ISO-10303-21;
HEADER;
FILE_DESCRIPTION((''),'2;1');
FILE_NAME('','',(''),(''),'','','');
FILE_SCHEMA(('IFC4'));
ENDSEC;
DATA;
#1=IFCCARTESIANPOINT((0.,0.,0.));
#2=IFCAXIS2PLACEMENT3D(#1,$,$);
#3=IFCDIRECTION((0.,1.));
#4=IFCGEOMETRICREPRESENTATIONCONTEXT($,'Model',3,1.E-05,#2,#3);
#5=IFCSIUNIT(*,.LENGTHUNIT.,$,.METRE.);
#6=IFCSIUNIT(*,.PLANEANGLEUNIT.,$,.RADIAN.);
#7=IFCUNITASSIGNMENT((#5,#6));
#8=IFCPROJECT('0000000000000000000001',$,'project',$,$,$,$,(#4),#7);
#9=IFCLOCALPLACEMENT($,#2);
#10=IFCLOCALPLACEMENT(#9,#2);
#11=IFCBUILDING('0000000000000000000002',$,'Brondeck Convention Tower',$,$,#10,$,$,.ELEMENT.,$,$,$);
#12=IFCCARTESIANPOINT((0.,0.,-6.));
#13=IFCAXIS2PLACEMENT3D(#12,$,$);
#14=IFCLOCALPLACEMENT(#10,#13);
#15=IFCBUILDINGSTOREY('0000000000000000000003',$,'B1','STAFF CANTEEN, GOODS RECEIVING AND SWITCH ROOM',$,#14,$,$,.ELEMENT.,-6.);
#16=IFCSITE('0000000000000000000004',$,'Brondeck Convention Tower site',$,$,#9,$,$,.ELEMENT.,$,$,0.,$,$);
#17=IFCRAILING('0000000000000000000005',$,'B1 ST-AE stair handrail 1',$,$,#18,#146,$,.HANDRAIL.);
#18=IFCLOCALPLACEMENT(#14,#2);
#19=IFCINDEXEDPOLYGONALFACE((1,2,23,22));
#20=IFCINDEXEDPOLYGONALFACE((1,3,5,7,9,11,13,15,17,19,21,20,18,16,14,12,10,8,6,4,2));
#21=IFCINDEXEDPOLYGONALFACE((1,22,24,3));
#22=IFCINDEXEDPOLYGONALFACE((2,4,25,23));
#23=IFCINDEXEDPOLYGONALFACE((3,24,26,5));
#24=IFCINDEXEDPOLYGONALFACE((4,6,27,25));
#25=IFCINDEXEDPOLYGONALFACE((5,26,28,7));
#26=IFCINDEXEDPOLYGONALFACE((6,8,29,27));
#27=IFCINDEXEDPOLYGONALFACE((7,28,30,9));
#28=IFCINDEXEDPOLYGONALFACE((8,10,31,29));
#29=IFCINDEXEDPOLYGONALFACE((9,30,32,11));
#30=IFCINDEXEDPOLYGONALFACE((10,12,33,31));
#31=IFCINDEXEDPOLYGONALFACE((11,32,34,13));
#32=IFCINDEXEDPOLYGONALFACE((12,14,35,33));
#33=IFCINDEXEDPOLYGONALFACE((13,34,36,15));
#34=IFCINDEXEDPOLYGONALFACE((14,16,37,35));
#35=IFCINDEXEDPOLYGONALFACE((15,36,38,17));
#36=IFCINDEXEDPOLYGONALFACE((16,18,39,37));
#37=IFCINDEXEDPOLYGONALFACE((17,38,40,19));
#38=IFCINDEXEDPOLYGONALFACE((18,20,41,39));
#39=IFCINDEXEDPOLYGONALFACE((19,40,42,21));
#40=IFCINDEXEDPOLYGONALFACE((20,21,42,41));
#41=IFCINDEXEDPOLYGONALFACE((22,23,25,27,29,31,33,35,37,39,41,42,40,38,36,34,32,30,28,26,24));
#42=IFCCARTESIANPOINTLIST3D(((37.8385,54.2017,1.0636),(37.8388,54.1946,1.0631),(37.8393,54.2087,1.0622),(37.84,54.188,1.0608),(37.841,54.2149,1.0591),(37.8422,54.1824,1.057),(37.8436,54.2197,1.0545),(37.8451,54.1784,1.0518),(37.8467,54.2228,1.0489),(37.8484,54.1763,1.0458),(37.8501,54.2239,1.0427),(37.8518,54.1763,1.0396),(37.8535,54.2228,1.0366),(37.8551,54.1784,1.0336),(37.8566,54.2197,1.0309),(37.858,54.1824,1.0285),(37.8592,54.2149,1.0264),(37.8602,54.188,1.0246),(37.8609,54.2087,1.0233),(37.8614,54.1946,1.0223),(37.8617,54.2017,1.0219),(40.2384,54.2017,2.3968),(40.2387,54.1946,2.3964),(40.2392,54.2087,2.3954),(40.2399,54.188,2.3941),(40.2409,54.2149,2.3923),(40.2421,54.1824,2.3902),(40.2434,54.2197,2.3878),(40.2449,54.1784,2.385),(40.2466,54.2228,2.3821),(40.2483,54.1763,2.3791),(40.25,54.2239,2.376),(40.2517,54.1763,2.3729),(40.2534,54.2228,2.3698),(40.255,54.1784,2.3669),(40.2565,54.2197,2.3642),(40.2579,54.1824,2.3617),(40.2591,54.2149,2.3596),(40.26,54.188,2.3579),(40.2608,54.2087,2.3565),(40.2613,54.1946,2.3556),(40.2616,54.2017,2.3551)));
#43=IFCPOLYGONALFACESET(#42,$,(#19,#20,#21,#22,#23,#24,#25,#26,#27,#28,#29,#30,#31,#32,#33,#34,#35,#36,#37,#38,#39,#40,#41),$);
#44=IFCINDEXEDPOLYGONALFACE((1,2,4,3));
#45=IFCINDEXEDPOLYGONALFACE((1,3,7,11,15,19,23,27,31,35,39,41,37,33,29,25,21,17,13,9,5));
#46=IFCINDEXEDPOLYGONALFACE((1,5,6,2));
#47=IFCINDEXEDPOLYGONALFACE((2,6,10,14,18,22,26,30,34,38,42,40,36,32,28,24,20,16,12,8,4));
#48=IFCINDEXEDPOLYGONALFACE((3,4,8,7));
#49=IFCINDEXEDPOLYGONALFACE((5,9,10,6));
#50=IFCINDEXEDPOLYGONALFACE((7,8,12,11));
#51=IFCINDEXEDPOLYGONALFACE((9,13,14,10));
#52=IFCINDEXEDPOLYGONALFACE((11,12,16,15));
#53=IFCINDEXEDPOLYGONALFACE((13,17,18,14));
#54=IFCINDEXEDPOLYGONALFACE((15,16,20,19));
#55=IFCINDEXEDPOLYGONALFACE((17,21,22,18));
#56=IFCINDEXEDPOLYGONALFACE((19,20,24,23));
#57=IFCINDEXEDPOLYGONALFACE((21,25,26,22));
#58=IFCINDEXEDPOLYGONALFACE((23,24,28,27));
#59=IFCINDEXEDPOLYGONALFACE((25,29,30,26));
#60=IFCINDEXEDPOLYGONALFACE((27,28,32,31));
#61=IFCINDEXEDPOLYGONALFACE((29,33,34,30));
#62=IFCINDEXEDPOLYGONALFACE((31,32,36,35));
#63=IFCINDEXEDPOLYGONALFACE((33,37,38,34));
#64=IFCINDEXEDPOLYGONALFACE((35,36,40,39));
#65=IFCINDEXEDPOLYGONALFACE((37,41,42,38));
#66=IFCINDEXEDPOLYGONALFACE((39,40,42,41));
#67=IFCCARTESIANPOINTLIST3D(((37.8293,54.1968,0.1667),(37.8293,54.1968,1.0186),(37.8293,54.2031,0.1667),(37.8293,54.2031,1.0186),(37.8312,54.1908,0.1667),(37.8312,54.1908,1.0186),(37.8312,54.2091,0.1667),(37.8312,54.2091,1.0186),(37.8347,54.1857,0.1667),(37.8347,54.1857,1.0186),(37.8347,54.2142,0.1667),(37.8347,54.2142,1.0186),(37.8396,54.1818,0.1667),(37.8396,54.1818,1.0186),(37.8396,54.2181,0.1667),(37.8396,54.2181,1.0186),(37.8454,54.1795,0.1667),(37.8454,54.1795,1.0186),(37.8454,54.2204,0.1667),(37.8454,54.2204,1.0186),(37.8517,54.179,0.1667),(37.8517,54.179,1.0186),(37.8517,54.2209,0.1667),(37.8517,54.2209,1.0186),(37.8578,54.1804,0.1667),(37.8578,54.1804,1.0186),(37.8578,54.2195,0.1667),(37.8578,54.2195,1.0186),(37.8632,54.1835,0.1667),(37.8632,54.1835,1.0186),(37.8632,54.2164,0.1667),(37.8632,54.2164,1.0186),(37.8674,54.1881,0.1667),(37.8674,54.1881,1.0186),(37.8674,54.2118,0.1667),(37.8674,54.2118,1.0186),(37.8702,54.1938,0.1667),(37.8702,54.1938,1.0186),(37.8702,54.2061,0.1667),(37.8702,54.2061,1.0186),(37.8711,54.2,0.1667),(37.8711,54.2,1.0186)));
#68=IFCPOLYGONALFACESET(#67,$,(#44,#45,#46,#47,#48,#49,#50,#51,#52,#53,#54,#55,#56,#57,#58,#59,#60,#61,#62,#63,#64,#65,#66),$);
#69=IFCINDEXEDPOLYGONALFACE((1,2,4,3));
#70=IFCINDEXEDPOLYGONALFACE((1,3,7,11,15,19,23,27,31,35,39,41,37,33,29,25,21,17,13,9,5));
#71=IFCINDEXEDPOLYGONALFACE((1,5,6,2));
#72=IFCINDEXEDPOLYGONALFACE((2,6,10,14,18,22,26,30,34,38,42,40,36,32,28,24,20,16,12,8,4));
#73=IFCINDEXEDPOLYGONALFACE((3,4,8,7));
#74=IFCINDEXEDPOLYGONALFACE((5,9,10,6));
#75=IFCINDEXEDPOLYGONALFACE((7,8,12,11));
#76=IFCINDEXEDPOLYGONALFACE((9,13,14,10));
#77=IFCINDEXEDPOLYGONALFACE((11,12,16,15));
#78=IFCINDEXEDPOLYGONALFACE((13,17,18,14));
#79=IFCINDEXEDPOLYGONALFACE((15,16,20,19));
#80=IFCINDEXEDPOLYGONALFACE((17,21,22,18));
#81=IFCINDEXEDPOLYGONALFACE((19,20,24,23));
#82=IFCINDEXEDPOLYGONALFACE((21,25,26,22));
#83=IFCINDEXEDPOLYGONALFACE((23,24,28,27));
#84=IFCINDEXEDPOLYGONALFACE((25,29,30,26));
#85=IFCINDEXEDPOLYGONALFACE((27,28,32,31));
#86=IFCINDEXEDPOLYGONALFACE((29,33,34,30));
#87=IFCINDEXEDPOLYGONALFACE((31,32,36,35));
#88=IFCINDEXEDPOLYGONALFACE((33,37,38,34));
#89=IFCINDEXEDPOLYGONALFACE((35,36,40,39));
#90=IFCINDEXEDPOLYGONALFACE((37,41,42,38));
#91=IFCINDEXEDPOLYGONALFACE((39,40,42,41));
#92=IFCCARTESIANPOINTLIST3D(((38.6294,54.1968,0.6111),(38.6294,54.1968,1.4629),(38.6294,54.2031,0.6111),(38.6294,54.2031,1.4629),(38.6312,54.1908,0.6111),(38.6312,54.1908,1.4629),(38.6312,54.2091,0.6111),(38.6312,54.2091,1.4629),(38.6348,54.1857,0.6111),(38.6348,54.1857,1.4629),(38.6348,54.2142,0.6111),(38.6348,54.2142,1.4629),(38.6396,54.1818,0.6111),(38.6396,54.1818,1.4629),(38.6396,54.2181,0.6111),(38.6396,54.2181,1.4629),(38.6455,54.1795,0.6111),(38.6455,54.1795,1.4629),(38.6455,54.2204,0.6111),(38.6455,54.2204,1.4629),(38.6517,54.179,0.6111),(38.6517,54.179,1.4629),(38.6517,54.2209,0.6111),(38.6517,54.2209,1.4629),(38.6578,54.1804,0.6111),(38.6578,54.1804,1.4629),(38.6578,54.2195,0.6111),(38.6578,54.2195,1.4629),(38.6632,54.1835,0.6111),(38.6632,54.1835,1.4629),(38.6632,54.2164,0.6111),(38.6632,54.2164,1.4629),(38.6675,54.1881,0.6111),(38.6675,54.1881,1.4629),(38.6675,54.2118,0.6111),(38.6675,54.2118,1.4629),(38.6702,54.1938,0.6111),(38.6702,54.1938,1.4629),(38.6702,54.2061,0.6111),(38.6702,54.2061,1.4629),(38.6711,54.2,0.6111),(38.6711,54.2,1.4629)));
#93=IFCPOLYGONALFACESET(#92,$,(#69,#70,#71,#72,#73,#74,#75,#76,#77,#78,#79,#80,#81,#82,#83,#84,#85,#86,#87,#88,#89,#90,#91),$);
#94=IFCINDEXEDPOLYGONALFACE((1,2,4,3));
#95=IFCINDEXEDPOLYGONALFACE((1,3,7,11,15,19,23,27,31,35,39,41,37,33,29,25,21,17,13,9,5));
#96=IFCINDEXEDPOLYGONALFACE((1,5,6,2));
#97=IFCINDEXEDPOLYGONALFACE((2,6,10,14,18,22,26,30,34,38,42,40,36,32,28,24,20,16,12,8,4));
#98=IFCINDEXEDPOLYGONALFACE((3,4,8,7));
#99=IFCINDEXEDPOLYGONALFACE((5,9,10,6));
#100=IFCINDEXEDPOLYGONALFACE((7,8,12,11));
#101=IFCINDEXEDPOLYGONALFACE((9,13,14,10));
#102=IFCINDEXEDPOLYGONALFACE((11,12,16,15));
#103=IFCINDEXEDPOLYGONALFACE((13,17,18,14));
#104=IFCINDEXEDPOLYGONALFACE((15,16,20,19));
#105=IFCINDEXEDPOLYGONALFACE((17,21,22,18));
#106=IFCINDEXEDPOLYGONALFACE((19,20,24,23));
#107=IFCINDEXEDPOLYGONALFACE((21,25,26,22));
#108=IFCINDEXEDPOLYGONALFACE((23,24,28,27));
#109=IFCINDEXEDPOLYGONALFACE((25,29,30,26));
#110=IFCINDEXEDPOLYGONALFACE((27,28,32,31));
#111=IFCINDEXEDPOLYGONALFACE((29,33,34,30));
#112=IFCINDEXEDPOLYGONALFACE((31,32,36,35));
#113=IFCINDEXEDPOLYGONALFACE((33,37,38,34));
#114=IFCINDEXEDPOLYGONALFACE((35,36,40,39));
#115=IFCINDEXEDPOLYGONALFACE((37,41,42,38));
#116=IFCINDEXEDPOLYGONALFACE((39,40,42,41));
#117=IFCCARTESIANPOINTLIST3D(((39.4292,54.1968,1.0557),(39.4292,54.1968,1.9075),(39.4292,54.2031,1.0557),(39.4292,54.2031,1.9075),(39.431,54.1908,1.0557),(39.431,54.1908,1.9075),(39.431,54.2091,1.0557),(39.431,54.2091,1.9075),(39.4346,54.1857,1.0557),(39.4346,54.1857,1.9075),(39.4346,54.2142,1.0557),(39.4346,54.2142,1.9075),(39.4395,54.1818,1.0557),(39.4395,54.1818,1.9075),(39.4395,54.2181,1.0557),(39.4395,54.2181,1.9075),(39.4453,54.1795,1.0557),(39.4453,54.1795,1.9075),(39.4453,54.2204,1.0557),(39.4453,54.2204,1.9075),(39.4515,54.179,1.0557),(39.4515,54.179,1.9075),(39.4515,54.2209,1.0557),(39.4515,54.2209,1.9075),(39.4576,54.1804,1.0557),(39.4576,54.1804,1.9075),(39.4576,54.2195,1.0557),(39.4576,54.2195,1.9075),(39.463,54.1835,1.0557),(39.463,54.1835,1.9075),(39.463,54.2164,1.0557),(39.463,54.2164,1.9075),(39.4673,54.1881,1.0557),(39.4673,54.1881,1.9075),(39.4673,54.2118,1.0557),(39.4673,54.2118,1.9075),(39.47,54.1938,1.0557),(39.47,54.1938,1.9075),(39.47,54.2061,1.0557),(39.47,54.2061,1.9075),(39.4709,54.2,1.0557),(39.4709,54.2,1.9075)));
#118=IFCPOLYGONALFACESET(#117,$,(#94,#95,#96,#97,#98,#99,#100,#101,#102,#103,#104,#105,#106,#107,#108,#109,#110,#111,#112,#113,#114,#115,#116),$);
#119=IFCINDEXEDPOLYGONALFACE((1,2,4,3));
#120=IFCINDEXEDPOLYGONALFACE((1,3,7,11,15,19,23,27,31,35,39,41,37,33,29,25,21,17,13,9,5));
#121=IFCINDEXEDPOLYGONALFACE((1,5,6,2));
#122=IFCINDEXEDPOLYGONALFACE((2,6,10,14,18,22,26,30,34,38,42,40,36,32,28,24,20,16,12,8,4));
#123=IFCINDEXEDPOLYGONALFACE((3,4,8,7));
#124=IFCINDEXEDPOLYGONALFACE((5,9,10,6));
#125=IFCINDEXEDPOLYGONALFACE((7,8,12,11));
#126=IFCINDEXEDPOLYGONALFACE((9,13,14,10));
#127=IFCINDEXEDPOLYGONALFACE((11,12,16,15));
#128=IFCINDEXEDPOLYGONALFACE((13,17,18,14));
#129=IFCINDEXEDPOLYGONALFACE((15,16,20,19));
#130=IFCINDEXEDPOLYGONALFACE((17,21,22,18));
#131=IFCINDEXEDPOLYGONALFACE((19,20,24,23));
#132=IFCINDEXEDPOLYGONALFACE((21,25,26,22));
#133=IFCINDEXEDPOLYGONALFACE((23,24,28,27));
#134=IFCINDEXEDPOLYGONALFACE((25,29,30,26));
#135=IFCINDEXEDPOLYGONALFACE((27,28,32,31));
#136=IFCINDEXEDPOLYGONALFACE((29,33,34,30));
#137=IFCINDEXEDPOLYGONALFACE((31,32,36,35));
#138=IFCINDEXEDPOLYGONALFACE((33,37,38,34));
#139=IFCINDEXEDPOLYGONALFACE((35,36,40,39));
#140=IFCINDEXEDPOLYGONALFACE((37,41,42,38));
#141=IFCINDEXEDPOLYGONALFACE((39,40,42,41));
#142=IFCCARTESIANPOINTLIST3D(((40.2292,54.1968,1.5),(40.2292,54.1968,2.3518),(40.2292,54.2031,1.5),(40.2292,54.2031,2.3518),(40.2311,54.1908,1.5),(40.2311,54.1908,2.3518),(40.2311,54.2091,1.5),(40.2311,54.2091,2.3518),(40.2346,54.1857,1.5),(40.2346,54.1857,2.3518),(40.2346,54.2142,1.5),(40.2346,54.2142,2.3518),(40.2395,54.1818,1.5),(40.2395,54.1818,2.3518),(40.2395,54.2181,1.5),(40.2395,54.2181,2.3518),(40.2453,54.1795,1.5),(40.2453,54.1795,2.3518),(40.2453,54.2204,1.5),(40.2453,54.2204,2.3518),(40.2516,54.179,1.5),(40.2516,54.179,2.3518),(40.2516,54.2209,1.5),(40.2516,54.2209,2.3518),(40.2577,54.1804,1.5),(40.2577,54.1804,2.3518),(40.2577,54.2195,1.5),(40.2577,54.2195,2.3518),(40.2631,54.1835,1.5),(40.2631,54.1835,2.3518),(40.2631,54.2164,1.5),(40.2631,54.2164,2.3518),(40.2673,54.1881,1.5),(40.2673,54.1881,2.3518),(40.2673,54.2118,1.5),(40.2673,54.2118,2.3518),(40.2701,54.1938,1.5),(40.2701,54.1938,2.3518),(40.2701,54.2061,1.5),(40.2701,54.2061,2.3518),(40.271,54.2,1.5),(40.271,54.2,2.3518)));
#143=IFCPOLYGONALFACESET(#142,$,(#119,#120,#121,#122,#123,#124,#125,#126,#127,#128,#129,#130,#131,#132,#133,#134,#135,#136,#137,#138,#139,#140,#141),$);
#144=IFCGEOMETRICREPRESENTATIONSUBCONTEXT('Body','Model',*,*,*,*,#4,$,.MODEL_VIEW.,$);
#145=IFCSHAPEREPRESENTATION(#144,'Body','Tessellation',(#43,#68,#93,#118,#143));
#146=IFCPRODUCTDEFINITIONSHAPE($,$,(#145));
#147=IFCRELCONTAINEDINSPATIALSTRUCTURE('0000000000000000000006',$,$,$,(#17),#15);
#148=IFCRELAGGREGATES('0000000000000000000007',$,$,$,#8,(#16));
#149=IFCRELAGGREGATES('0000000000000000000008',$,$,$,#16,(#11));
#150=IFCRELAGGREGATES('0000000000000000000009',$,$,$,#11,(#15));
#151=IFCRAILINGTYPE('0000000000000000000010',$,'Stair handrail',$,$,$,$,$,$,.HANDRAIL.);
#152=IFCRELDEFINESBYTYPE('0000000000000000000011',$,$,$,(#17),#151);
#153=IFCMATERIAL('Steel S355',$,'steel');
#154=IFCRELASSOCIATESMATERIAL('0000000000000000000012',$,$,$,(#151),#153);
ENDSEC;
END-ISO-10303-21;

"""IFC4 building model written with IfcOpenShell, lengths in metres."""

from ifc_helpers import new_model, si_unit, direction, frame, origin, origin_2d, place, context, subcontext, project, spatial, circle, extrude, material, type_object, element, save


model = new_model("IFC4")

# Units and contexts
model_context = context("Model", 3, precision=1e-05, world=origin(), true_north=direction((0.0, 1.0)))
body_context = subcontext(model_context, "Body", "Model", "MODEL_VIEW")
ifc_project = project(units=[si_unit("LENGTHUNIT", "METRE"), si_unit("PLANEANGLEUNIT", "RADIAN")], contexts=[model_context])

# Site, building, storey
site_placement = place(None, origin())
site = spatial("IfcSite", under=ifc_project, at=site_placement, Name="Brondeck Convention Tower site", CompositionType="ELEMENT", RefElevation=0.0)
building_placement = place(site_placement, origin())
building = spatial("IfcBuilding", under=site, at=building_placement, Name="Brondeck Convention Tower", CompositionType="ELEMENT")
storey_placement = place(building_placement, frame((0.0, 0.0, -6.0)))
storey = spatial("IfcBuildingStorey", under=building, at=storey_placement, Name="B1", Description="STAFF CANTEEN, GOODS RECEIVING AND SWITCH ROOM", CompositionType="ELEMENT", Elevation=-6.0)

# Shared definitions
ifc_material_1 = material(Name="Steel S355", Category="steel")

# Railing
railing_type_1 = type_object("IfcRailingType", Name="Stair handrail", PredefinedType="HANDRAIL", material=ifc_material_1)
railing_1_placement = place(storey_placement, frame((37.8501, 54.2, 0.1667)))
element("IfcRailing", 1, at=railing_1_placement, inside=storey, type_object=railing_type_1, Name="B1 ST-AE stair handrail 1", PredefinedType="HANDRAIL", context=body_context, shape_type="SweptSolid", body=[
    extrude(circle(Radius=0.0239, at=origin_2d()), frame((0.0, 0.0, 0.876), z_axis=(0.874161, 0.0, 0.485635), x_axis=(0.0, 1.0, 0.0)), (0.0, 0.0, 1.0), 2.7454),
    extrude(circle(Radius=0.021, at=origin_2d()), origin(), (0.0, 0.0, 1.0), 0.8518),
    extrude(circle(Radius=0.021, at=origin_2d()), frame((0.8, 0.0, 0.4443)), (0.0, 0.0, 1.0), 0.8518),
    extrude(circle(Radius=0.021, at=origin_2d()), frame((1.5999, 0.0, 0.8889)), (0.0, 0.0, 1.0), 0.8518),
    extrude(circle(Radius=0.021, at=origin_2d()), frame((2.3999, 0.0, 1.3333)), (0.0, 0.0, 1.0), 0.8518),
])

save(model, "model.ifc")
